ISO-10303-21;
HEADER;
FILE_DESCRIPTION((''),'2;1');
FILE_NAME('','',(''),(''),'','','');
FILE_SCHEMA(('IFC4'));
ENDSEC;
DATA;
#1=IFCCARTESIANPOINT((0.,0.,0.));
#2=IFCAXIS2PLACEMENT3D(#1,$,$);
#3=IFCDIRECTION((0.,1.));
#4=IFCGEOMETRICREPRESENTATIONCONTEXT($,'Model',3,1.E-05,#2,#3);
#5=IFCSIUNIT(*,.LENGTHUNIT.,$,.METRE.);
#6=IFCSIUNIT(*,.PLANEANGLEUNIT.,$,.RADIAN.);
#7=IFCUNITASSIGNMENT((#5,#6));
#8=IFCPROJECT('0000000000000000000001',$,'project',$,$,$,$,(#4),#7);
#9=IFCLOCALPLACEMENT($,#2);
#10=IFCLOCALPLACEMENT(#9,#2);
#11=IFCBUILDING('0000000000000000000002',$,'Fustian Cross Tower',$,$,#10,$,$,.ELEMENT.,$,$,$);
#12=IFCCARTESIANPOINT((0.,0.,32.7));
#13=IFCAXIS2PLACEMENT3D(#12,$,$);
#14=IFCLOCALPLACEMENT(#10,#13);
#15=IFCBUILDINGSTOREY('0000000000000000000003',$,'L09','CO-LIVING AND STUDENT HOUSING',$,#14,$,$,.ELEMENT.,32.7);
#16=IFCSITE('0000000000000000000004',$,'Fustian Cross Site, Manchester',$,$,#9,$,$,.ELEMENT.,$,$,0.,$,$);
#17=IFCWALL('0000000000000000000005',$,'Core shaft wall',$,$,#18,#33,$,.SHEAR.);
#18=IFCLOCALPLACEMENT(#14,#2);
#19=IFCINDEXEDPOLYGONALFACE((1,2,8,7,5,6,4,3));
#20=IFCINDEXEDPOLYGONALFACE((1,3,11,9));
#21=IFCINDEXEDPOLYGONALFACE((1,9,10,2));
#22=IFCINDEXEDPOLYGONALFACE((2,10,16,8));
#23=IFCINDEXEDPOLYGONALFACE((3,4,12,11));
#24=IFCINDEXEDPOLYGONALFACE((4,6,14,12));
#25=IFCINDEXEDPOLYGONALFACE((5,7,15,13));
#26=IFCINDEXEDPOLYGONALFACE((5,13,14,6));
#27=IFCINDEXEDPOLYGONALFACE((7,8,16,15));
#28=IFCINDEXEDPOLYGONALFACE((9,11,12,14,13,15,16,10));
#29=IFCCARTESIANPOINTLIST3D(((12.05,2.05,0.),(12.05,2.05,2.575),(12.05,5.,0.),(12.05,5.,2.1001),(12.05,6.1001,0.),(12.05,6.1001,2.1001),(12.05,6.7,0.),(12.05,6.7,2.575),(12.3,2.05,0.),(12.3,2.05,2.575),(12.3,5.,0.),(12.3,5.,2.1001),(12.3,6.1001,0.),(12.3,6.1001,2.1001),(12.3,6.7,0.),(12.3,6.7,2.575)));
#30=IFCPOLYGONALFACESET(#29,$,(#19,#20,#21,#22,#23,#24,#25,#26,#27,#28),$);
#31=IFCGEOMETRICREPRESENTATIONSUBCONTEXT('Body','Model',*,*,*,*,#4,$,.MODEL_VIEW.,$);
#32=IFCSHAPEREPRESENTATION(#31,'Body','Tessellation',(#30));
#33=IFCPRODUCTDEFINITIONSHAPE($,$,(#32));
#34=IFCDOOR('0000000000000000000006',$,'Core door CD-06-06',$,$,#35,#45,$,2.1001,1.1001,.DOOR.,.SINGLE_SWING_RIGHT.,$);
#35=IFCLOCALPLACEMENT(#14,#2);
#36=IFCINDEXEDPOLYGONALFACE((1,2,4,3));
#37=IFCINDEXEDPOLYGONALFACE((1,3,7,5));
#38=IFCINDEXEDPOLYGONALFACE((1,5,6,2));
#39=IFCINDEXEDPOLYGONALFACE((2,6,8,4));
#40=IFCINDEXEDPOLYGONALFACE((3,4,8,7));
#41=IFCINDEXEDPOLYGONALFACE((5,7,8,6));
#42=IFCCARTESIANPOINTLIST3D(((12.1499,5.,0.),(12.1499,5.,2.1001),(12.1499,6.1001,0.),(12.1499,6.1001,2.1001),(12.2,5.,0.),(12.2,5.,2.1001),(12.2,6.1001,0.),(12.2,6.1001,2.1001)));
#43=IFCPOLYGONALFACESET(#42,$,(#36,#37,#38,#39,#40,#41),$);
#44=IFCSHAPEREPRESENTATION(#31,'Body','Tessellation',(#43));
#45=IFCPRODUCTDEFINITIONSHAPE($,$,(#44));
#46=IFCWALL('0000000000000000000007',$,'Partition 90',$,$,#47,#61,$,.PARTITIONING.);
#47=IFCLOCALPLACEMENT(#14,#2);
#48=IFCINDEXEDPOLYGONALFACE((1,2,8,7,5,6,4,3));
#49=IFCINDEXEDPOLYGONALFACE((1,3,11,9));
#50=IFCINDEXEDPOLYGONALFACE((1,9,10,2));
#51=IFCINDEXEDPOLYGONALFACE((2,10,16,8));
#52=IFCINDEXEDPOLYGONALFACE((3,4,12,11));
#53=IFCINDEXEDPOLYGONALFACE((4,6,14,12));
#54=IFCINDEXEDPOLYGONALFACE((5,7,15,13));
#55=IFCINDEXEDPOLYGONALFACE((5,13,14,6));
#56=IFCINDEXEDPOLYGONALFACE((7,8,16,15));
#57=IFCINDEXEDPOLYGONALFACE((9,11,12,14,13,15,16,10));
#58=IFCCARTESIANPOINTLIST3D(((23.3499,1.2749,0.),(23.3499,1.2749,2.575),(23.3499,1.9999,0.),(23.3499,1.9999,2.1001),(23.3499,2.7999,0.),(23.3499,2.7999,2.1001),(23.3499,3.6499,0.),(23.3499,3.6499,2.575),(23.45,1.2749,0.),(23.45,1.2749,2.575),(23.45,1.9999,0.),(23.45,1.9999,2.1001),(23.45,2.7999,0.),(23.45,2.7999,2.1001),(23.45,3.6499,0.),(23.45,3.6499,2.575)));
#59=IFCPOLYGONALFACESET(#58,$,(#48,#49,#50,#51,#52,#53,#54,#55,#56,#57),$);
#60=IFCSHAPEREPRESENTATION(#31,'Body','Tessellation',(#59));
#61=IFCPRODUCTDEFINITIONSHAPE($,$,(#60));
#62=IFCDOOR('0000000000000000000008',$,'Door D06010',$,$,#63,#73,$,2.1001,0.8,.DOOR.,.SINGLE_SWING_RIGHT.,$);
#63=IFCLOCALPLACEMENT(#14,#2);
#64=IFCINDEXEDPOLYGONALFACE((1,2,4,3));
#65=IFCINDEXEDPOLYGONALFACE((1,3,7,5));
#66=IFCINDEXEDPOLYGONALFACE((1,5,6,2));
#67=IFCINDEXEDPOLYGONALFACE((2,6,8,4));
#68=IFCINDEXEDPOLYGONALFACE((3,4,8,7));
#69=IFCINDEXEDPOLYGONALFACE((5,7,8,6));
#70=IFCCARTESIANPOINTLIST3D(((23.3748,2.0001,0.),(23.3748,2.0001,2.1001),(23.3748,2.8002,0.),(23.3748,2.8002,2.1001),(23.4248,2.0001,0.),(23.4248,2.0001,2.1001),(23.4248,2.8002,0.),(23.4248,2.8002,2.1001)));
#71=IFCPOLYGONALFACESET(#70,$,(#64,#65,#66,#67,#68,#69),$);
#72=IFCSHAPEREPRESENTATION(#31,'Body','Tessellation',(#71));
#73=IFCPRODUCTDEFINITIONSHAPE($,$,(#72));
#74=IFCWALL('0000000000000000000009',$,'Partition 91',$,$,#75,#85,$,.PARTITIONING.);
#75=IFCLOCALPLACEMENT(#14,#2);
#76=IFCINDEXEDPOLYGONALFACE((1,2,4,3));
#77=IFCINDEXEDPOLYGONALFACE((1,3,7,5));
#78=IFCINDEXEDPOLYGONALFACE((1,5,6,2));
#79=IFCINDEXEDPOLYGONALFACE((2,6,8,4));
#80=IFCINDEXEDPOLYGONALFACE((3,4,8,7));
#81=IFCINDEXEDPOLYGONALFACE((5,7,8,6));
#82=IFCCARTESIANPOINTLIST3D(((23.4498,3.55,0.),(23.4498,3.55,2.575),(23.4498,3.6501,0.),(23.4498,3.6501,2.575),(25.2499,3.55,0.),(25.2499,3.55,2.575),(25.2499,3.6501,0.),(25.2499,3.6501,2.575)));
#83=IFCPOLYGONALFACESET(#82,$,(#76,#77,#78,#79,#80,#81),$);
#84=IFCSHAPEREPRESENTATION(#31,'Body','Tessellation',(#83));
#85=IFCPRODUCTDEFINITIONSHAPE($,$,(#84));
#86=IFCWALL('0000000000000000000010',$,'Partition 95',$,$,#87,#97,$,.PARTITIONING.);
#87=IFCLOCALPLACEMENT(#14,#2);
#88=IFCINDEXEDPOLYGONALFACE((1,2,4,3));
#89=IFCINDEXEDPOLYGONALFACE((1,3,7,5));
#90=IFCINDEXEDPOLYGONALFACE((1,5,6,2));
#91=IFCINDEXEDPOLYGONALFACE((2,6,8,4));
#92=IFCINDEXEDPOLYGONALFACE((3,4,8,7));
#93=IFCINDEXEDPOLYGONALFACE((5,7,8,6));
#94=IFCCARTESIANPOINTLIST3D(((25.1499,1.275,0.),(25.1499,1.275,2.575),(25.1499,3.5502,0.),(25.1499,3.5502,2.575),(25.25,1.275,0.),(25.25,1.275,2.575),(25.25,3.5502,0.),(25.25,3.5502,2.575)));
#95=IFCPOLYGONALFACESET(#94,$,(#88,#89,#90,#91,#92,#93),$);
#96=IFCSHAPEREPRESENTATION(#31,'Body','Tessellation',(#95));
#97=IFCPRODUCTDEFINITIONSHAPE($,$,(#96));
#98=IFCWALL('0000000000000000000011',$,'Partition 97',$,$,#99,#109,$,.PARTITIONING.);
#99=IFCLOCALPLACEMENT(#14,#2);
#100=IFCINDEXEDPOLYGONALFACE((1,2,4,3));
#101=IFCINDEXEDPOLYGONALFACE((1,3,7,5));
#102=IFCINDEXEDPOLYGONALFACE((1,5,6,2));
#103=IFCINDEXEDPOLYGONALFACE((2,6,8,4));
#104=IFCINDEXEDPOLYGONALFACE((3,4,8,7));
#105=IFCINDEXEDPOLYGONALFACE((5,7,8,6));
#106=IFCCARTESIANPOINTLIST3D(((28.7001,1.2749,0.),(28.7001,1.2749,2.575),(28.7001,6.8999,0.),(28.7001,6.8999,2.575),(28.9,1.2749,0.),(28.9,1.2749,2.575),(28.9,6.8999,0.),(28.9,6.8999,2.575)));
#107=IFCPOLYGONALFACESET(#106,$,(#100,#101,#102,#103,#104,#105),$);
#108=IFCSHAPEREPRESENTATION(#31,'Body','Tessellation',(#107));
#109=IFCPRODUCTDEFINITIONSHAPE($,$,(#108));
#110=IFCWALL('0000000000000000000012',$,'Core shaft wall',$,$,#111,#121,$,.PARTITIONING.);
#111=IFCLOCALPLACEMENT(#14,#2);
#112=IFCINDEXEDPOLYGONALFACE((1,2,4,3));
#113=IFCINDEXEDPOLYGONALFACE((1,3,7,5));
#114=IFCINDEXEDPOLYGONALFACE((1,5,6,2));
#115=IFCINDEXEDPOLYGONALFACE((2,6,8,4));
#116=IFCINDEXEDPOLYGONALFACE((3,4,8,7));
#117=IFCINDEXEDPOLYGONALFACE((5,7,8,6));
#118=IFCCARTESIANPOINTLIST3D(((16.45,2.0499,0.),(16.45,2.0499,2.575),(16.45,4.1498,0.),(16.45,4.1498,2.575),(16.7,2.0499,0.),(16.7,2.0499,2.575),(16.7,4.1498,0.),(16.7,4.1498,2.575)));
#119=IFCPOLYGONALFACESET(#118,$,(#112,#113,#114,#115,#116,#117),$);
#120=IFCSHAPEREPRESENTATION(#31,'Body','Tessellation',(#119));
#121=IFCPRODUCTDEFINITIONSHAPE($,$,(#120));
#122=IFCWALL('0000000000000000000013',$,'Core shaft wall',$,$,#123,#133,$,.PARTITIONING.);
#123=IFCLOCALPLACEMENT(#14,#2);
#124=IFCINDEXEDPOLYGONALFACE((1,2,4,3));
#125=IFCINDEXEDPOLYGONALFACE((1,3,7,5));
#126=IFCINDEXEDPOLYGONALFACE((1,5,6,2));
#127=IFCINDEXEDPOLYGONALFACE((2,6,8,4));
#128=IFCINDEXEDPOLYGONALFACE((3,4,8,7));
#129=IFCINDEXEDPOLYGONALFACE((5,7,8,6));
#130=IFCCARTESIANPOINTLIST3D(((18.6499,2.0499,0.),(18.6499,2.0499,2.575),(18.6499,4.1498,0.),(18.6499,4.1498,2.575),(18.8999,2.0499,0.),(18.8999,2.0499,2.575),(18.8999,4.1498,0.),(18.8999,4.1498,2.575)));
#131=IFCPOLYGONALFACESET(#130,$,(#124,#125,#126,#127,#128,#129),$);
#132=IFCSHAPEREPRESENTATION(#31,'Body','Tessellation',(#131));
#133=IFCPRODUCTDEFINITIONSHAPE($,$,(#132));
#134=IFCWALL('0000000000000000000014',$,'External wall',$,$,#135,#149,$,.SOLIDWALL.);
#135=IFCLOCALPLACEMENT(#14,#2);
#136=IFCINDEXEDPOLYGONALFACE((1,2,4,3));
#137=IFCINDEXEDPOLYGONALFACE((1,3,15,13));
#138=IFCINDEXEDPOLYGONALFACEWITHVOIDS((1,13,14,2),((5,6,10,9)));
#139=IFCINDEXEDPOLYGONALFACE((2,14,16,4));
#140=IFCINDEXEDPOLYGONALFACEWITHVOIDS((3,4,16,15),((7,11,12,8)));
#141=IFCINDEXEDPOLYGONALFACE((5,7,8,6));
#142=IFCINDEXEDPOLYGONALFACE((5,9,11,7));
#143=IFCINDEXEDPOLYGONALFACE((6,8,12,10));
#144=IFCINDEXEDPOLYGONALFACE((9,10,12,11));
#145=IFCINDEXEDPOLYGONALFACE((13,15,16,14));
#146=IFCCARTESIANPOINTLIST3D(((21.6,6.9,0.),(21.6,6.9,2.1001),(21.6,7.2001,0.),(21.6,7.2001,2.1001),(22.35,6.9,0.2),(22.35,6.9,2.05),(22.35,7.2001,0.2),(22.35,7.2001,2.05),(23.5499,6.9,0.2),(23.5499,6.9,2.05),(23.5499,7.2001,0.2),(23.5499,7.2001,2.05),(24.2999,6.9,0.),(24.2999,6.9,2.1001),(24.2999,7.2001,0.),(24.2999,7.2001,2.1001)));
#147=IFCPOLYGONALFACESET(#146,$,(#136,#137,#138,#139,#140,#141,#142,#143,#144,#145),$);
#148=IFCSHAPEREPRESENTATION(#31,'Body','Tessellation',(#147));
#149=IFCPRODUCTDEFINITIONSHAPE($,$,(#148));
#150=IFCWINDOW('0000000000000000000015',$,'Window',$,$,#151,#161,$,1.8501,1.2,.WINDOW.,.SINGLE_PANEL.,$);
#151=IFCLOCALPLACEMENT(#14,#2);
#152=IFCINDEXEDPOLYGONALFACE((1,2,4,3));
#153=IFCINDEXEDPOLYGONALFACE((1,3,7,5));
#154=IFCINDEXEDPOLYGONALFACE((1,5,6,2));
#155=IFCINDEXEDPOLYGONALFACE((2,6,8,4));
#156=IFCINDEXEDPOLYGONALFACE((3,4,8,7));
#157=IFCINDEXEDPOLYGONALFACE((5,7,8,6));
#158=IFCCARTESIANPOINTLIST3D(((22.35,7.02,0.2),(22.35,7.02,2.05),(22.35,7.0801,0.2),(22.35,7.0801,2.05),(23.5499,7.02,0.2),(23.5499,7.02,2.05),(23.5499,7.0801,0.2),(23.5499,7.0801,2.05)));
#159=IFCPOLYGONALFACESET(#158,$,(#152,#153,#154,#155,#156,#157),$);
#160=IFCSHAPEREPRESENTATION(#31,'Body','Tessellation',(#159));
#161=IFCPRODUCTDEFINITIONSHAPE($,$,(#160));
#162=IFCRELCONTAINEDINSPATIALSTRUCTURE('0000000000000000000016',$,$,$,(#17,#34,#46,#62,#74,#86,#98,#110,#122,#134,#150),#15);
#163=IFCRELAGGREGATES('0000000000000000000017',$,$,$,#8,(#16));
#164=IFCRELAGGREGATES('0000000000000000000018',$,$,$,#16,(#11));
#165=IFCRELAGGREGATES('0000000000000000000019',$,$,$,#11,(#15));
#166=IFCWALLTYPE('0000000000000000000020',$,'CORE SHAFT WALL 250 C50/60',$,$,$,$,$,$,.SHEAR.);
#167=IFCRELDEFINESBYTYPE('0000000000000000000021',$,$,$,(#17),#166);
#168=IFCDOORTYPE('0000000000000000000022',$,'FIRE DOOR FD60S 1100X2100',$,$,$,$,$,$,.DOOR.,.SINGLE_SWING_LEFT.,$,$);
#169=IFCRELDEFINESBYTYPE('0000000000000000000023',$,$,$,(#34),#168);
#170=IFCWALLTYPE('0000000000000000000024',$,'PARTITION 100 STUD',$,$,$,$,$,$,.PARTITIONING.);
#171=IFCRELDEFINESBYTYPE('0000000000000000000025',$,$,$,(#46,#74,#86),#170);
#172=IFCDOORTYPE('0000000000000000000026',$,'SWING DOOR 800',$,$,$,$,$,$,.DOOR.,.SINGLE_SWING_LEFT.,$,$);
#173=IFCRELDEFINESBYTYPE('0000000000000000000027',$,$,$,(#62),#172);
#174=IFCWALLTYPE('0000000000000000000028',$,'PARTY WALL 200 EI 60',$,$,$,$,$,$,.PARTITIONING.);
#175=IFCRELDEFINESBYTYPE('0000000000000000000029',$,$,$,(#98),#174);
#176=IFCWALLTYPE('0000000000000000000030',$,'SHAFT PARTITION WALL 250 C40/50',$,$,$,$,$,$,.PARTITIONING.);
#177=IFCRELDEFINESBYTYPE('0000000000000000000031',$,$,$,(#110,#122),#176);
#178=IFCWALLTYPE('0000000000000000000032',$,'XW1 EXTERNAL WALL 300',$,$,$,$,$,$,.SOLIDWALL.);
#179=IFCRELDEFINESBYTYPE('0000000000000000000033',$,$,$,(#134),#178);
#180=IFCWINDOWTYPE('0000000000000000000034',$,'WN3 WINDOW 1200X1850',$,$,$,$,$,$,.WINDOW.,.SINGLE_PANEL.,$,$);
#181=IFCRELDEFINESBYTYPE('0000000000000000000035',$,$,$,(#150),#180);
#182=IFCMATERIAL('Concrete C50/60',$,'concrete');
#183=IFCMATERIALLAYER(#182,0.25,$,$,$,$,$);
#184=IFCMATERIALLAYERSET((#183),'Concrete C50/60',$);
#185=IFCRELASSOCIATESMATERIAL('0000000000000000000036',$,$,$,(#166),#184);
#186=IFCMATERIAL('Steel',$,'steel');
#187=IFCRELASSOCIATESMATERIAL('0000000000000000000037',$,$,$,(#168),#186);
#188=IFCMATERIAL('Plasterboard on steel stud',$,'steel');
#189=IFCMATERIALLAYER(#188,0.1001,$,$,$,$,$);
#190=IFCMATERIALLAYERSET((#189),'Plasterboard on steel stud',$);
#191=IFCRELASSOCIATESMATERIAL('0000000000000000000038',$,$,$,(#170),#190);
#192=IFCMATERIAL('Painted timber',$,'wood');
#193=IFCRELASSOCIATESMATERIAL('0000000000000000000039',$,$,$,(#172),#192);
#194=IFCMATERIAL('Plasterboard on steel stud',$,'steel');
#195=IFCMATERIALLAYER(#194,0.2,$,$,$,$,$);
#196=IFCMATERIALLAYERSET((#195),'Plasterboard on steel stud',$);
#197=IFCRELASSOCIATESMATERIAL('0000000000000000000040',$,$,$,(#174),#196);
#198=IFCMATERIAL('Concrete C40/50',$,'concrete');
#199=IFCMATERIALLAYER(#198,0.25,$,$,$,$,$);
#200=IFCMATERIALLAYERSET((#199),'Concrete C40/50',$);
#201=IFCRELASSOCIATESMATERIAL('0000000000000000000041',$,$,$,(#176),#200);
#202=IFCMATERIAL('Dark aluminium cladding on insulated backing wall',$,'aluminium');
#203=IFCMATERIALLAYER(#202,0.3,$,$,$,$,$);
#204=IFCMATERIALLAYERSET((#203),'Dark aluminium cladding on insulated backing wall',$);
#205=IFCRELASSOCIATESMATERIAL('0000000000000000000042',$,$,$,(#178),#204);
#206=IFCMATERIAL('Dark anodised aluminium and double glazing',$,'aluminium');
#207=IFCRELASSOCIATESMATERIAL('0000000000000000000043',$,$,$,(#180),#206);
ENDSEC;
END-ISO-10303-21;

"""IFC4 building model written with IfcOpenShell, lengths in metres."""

from ifc_helpers import new_model, si_unit, direction, frame, frame_2d, origin, place, context, subcontext, project, spatial, rectangle, extrude, material, layer, layer_set, type_object, element, fill, save


model = new_model("IFC4")

# Units and contexts
model_context = context("Model", 3, precision=1e-05, world=origin(), true_north=direction((0.0, 1.0)))
body_context = subcontext(model_context, "Body", "Model", "MODEL_VIEW")
ifc_project = project(units=[si_unit("LENGTHUNIT", "METRE"), si_unit("PLANEANGLEUNIT", "RADIAN")], contexts=[model_context])

# Site, building, storey
site_placement = place(None, origin())
site = spatial("IfcSite", under=ifc_project, at=site_placement, Name="Fustian Cross Site, Manchester", CompositionType="ELEMENT", RefElevation=0.0)
building_placement = place(site_placement, origin())
building = spatial("IfcBuilding", under=site, at=building_placement, Name="Fustian Cross Tower", CompositionType="ELEMENT")
storey_placement = place(building_placement, frame((0.0, 0.0, 32.7)))
storey = spatial("IfcBuildingStorey", under=building, at=storey_placement, Name="L09", Description="CO-LIVING AND STUDENT HOUSING", CompositionType="ELEMENT", Elevation=32.7)

# Shared definitions
ifc_material_1 = material(Name="Concrete C50/60", Category="concrete")
ifc_layer_1 = layer(ifc_material_1, 0.25)
ifc_layer_set_1 = layer_set([ifc_layer_1], Name="Concrete C50/60")
wall_type_1 = type_object("IfcWallType", Name="CORE SHAFT WALL 250 C50/60", PredefinedType="SHEAR", material=ifc_layer_set_1)

# Walls, openings, doors
wall_1_placement = place(storey_placement, frame((12.175, 2.05, 0.0), z_axis=(0.0, 0.0, 1.0), x_axis=(0.0, 1.0, 0.0)))
wall_1 = element("IfcWall", 1, at=wall_1_placement, inside=storey, type_object=wall_type_1, Name="Core shaft wall", PredefinedType="SHEAR", context=body_context, shape_type="SweptSolid", body=[
    extrude(rectangle(XDim=4.6499, YDim=0.25, at=frame_2d((2.325, 0.0))), origin(), (0.0, 0.0, 1.0), 2.575),
])
opening_1_placement = place(wall_1_placement, frame((2.95, 0.0, 0.0)))
opening_1 = element("IfcOpeningElement", 2, at=opening_1_placement, cuts=wall_1, PredefinedType="OPENING", context=body_context, shape_type="SweptSolid", body=[
    extrude(rectangle(XDim=1.1001, YDim=2.1001, at=frame_2d((0.55, 1.05))), frame((0.0, 0.135, 0.0), z_axis=(0.0, -1.0, 0.0), x_axis=(1.0, 0.0, 0.0)), (0.0, 0.0, 1.0), 0.27),
])
ifc_material_2 = material(Name="Steel", Category="steel")
door_type_1 = type_object("IfcDoorType", Name="FIRE DOOR FD60S 1100X2100", OperationType="SINGLE_SWING_LEFT", PredefinedType="DOOR", material=ifc_material_2)
door_1_placement = place(opening_1_placement, frame((1.1001, 0.0, 0.0), z_axis=(0.0, 0.0, 1.0), x_axis=(-1.0, 0.0, 0.0)))
door_1 = element("IfcDoor", 3, at=door_1_placement, inside=storey, type_object=door_type_1, Name="Core door CD-06-06", OperationType="SINGLE_SWING_RIGHT", OverallHeight=2.1001, OverallWidth=1.1001, PredefinedType="DOOR", context=body_context, shape_type="SweptSolid", body=[
    extrude(rectangle(XDim=1.1001, YDim=2.1001, at=frame_2d((0.55, 1.05))), frame((0.0, 0.0249, 0.0), z_axis=(0.0, -1.0, 0.0), x_axis=(1.0, 0.0, 0.0)), (0.0, 0.0, 1.0), 0.05),
])
fill(opening_1, door_1)
ifc_material_3 = material(Name="Plasterboard on steel stud", Category="steel")
ifc_layer_2 = layer(ifc_material_3, 0.1001)
ifc_layer_set_2 = layer_set([ifc_layer_2], Name="Plasterboard on steel stud")
wall_type_2 = type_object("IfcWallType", Name="PARTITION 100 STUD", PredefinedType="PARTITIONING", material=ifc_layer_set_2)
wall_2_placement = place(storey_placement, frame((23.3999, 1.2749, 0.0), z_axis=(0.0, 0.0, 1.0), x_axis=(0.0, 1.0, 0.0)))
wall_2 = element("IfcWall", 4, at=wall_2_placement, inside=storey, type_object=wall_type_2, Name="Partition 90", PredefinedType="PARTITIONING", context=body_context, shape_type="SweptSolid", body=[
    extrude(rectangle(XDim=2.375, YDim=0.1001, at=frame_2d((1.1875, 0.0))), origin(), (0.0, 0.0, 1.0), 2.575),
])
opening_2_placement = place(wall_2_placement, frame((0.7251, 0.0, 0.0)))
opening_2 = element("IfcOpeningElement", 5, at=opening_2_placement, cuts=wall_2, PredefinedType="OPENING", context=body_context, shape_type="SweptSolid", body=[
    extrude(rectangle(XDim=0.8, YDim=2.1001, at=frame_2d((0.3999, 1.05))), frame((0.0, 0.0601, 0.0), z_axis=(0.0, -1.0, 0.0), x_axis=(1.0, 0.0, 0.0)), (0.0, 0.0, 1.0), 0.1201),
])
ifc_material_4 = material(Name="Painted timber", Category="wood")
door_type_2 = type_object("IfcDoorType", Name="SWING DOOR 800", OperationType="SINGLE_SWING_LEFT", PredefinedType="DOOR", material=ifc_material_4)
door_2_placement = place(opening_2_placement, frame((0.8, 0.0, 0.0), z_axis=(0.0, 0.0, 1.0), x_axis=(-1.0, 0.0, 0.0)))
door_2 = element("IfcDoor", 6, at=door_2_placement, inside=storey, type_object=door_type_2, Name="Door D06010", OperationType="SINGLE_SWING_RIGHT", OverallHeight=2.1001, OverallWidth=0.8, PredefinedType="DOOR", context=body_context, shape_type="SweptSolid", body=[
    extrude(rectangle(XDim=0.8, YDim=2.1001, at=frame_2d((0.3999, 1.05))), frame((0.0, 0.0249, 0.0), z_axis=(0.0, -1.0, 0.0), x_axis=(1.0, 0.0, 0.0)), (0.0, 0.0, 1.0), 0.05),
])
fill(opening_2, door_2)

# Walls
wall_3_placement = place(storey_placement, frame((23.45, 3.6001, 0.0), z_axis=(0.0, 0.0, 1.0), x_axis=(1.0, 0.0, 0.0)))
element("IfcWall", 7, at=wall_3_placement, inside=storey, type_object=wall_type_2, Name="Partition 91", PredefinedType="PARTITIONING", context=body_context, shape_type="SweptSolid", body=[
    extrude(rectangle(XDim=1.8, YDim=0.1001, at=frame_2d((0.8999, 0.0))), origin(), (0.0, 0.0, 1.0), 2.575),
])
wall_4_placement = place(storey_placement, frame((25.2, 1.2749, 0.0), z_axis=(0.0, 0.0, 1.0), x_axis=(0.0, 1.0, 0.0)))
element("IfcWall", 8, at=wall_4_placement, inside=storey, type_object=wall_type_2, Name="Partition 95", PredefinedType="PARTITIONING", context=body_context, shape_type="SweptSolid", body=[
    extrude(rectangle(XDim=2.2751, YDim=0.1001, at=frame_2d((1.1377, 0.0))), origin(), (0.0, 0.0, 1.0), 2.575),
])
ifc_material_5 = material(Name="Plasterboard on steel stud", Category="steel")
ifc_layer_3 = layer(ifc_material_5, 0.2)
ifc_layer_set_3 = layer_set([ifc_layer_3], Name="Plasterboard on steel stud")
wall_type_3 = type_object("IfcWallType", Name="PARTY WALL 200 EI 60", PredefinedType="PARTITIONING", material=ifc_layer_set_3)
wall_5_placement = place(storey_placement, frame((28.8, 1.2749, 0.0), z_axis=(0.0, 0.0, 1.0), x_axis=(0.0, 1.0, 0.0)))
element("IfcWall", 9, at=wall_5_placement, inside=storey, type_object=wall_type_3, Name="Partition 97", PredefinedType="PARTITIONING", context=body_context, shape_type="SweptSolid", body=[
    extrude(rectangle(XDim=5.625, YDim=0.2, at=frame_2d((2.8125, 0.0))), origin(), (0.0, 0.0, 1.0), 2.575),
])
ifc_material_6 = material(Name="Concrete C40/50", Category="concrete")
ifc_layer_4 = layer(ifc_material_6, 0.25)
ifc_layer_set_4 = layer_set([ifc_layer_4], Name="Concrete C40/50")
wall_type_4 = type_object("IfcWallType", Name="SHAFT PARTITION WALL 250 C40/50", PredefinedType="PARTITIONING", material=ifc_layer_set_4)
for number, where, z_axis, x_axis, name in (
    (10, (16.575, 2.05, 0.0), (0.0, 0.0, 1.0), (0.0, 1.0, 0.0), "Core shaft wall"),
    (11, (18.7749, 2.05, 0.0), (0.0, 0.0, 1.0), (0.0, 1.0, 0.0), "Core shaft wall"),
):
    element("IfcWall", number, at=place(storey_placement, frame(where, z_axis=z_axis, x_axis=x_axis)), inside=storey, type_object=wall_type_4, Name=name, PredefinedType="PARTITIONING", context=body_context, shape_type="SweptSolid", body=[
        extrude(rectangle(XDim=2.0999, YDim=0.25, at=frame_2d((1.0498, 0.0))), origin(), (0.0, 0.0, 1.0), 2.575),
    ])

# Wall, opening, window
ifc_material_7 = material(Name="Dark aluminium cladding on insulated backing wall", Category="aluminium")
ifc_layer_5 = layer(ifc_material_7, 0.3)
ifc_layer_set_5 = layer_set([ifc_layer_5], Name="Dark aluminium cladding on insulated backing wall")
wall_type_5 = type_object("IfcWallType", Name="XW1 EXTERNAL WALL 300", PredefinedType="SOLIDWALL", material=ifc_layer_set_5)
wall_6_placement = place(storey_placement, frame((24.3, 7.05, 0.0), z_axis=(0.0, 0.0, 1.0), x_axis=(-1.0, 0.0, 0.0)))
wall_6 = element("IfcWall", 12, at=wall_6_placement, inside=storey, type_object=wall_type_5, Name="External wall", PredefinedType="SOLIDWALL", context=body_context, shape_type="SweptSolid", body=[
    extrude(rectangle(XDim=2.7, YDim=0.3, at=frame_2d((1.3501, 0.0))), origin(), (0.0, 0.0, 1.0), 2.1001),
])
opening_3_placement = place(wall_6_placement, frame((0.75, 0.0, 0.2)))
opening_3 = element("IfcOpeningElement", 13, at=opening_3_placement, cuts=wall_6, PredefinedType="OPENING", context=body_context, shape_type="SweptSolid", body=[
    extrude(rectangle(XDim=1.2, YDim=1.8501, at=frame_2d((0.6001, 0.925))), frame((0.0, 0.1599, 0.0), z_axis=(0.0, -1.0, 0.0), x_axis=(1.0, 0.0, 0.0)), (0.0, 0.0, 1.0), 0.3201),
])
ifc_material_8 = material(Name="Dark anodised aluminium and double glazing", Category="aluminium")
window_type = type_object("IfcWindowType", Name="WN3 WINDOW 1200X1850", PartitioningType="SINGLE_PANEL", PredefinedType="WINDOW", material=ifc_material_8)
window_placement = place(opening_3_placement, origin())
window = element("IfcWindow", 14, at=window_placement, inside=storey, type_object=window_type, Name="Window", OverallHeight=1.8501, OverallWidth=1.2, PartitioningType="SINGLE_PANEL", PredefinedType="WINDOW", context=body_context, shape_type="SweptSolid", body=[
    extrude(rectangle(XDim=1.2, YDim=1.8501, at=frame_2d((0.6001, 0.925))), frame((0.0, 0.03, 0.0), z_axis=(0.0, -1.0, 0.0), x_axis=(1.0, 0.0, 0.0)), (0.0, 0.0, 1.0), 0.0601),
])
fill(opening_3, window)

save(model, "model.ifc")
